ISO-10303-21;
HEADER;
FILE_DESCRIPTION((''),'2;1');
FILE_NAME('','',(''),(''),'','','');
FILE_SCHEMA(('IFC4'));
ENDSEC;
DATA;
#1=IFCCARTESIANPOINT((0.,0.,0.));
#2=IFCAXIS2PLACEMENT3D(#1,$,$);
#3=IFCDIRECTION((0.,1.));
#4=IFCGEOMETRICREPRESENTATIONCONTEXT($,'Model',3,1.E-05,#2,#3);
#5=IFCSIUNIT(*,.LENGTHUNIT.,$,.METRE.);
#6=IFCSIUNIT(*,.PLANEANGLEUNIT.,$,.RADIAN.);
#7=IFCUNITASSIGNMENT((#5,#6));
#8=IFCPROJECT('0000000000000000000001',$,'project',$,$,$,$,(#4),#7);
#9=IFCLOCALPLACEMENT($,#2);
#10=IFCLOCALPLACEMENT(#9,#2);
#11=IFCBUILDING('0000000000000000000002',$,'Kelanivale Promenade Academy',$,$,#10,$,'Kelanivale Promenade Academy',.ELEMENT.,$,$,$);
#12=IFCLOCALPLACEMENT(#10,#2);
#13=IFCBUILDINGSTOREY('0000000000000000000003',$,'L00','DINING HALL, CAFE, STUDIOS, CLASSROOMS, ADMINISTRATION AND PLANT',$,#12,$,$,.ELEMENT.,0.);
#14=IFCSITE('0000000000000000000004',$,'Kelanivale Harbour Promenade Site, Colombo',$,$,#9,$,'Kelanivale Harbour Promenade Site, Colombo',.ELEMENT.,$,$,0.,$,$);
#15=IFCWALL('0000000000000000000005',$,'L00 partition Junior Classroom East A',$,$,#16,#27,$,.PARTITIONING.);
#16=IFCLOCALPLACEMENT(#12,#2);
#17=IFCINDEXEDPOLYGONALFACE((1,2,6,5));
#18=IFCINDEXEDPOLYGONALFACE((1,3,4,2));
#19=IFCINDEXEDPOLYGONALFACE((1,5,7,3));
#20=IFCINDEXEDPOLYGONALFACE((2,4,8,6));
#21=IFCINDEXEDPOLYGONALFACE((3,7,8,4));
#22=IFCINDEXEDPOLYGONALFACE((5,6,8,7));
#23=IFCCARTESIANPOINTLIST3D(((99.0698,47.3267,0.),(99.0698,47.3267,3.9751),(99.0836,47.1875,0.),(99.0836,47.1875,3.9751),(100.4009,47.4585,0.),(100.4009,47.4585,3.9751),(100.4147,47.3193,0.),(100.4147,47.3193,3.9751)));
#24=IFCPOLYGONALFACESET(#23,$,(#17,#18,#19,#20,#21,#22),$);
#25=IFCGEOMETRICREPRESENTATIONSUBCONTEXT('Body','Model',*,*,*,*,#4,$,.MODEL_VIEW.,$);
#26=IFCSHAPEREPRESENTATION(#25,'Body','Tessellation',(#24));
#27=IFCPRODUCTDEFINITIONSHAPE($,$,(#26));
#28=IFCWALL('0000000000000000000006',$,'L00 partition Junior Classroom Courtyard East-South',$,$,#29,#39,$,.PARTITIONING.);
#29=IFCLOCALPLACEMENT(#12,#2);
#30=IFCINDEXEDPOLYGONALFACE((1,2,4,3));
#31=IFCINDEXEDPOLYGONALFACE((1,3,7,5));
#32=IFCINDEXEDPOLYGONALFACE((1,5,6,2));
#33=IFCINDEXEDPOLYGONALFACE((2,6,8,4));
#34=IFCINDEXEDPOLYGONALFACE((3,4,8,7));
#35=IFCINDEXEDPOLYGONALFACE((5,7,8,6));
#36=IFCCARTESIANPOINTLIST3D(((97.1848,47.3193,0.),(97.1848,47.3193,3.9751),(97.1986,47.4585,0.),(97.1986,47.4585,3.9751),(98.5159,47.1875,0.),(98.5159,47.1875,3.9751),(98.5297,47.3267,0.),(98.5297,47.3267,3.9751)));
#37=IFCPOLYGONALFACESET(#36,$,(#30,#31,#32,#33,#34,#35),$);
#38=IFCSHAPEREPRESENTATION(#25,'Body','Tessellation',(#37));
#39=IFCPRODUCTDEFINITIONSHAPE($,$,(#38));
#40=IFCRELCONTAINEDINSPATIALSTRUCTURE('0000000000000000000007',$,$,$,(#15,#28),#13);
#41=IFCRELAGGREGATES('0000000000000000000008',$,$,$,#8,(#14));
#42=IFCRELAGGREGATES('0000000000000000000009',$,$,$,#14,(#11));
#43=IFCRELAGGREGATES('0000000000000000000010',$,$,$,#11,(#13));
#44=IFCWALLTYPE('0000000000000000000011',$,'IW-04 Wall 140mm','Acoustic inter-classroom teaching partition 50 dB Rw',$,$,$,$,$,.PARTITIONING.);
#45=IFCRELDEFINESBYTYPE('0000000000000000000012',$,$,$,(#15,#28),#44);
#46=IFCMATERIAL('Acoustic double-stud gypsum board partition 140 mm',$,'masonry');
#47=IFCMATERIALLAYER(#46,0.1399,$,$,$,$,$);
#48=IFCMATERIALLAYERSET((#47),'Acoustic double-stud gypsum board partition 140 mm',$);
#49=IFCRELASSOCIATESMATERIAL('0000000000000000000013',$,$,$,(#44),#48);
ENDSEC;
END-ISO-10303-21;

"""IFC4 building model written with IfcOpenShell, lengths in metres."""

from ifc_helpers import new_model, si_unit, direction, frame, frame_2d, origin, place, context, subcontext, project, spatial, rectangle, extrude, material, layer, layer_set, type_object, element, save


model = new_model("IFC4")

# Units and contexts
model_context = context("Model", 3, precision=1e-05, world=origin(), true_north=direction((0.0, 1.0)))
body_context = subcontext(model_context, "Body", "Model", "MODEL_VIEW")
ifc_project = project(units=[si_unit("LENGTHUNIT", "METRE"), si_unit("PLANEANGLEUNIT", "RADIAN")], contexts=[model_context])

# Site, building, storey
site_placement = place(None, origin())
site = spatial("IfcSite", under=ifc_project, at=site_placement, Name="Kelanivale Harbour Promenade Site, Colombo", LongName="Kelanivale Harbour Promenade Site, Colombo", CompositionType="ELEMENT", RefElevation=0.0)
building_placement = place(site_placement, origin())
building = spatial("IfcBuilding", under=site, at=building_placement, Name="Kelanivale Promenade Academy", LongName="Kelanivale Promenade Academy", CompositionType="ELEMENT")
storey_placement = place(building_placement, origin())
storey = spatial("IfcBuildingStorey", under=building, at=storey_placement, Name="L00", Description="DINING HALL, CAFE, STUDIOS, CLASSROOMS, ADMINISTRATION AND PLANT", CompositionType="ELEMENT", Elevation=0.0)

# Walls
ifc_material_1 = material(Name="Acoustic double-stud gypsum board partition 140 mm", Category="masonry")
ifc_layer_1 = layer(ifc_material_1, 0.1399)
ifc_layer_set_1 = layer_set([ifc_layer_1], Name="Acoustic double-stud gypsum board partition 140 mm")
wall_type_1 = type_object("IfcWallType", Name="IW-04 Wall 140mm", Description="Acoustic inter-classroom teaching partition 50 dB Rw", PredefinedType="PARTITIONING", material=ifc_layer_set_1)
for number, where, z_axis, x_axis, name in (
    (1, (100.408, 47.3889, 0.0), (0.0, 0.0, 1.0), (-0.995131, -0.098564, 0.0), "L00 partition Junior Classroom East A"),
    (2, (98.5229, 47.2571, 0.0), (0.0, 0.0, 1.0), (-0.995131, 0.098564, 0.0), "L00 partition Junior Classroom Courtyard East-South"),
):
    element("IfcWall", number, at=place(storey_placement, frame(where, z_axis=z_axis, x_axis=x_axis)), inside=storey, type_object=wall_type_1, Name=name, PredefinedType="PARTITIONING", context=body_context, shape_type="SweptSolid", body=[
        extrude(rectangle(XDim=1.3376, YDim=0.1399, at=frame_2d((0.6689, 0.0))), origin(), (0.0, 0.0, 1.0), 3.9751),
    ])

save(model, "model.ifc")
